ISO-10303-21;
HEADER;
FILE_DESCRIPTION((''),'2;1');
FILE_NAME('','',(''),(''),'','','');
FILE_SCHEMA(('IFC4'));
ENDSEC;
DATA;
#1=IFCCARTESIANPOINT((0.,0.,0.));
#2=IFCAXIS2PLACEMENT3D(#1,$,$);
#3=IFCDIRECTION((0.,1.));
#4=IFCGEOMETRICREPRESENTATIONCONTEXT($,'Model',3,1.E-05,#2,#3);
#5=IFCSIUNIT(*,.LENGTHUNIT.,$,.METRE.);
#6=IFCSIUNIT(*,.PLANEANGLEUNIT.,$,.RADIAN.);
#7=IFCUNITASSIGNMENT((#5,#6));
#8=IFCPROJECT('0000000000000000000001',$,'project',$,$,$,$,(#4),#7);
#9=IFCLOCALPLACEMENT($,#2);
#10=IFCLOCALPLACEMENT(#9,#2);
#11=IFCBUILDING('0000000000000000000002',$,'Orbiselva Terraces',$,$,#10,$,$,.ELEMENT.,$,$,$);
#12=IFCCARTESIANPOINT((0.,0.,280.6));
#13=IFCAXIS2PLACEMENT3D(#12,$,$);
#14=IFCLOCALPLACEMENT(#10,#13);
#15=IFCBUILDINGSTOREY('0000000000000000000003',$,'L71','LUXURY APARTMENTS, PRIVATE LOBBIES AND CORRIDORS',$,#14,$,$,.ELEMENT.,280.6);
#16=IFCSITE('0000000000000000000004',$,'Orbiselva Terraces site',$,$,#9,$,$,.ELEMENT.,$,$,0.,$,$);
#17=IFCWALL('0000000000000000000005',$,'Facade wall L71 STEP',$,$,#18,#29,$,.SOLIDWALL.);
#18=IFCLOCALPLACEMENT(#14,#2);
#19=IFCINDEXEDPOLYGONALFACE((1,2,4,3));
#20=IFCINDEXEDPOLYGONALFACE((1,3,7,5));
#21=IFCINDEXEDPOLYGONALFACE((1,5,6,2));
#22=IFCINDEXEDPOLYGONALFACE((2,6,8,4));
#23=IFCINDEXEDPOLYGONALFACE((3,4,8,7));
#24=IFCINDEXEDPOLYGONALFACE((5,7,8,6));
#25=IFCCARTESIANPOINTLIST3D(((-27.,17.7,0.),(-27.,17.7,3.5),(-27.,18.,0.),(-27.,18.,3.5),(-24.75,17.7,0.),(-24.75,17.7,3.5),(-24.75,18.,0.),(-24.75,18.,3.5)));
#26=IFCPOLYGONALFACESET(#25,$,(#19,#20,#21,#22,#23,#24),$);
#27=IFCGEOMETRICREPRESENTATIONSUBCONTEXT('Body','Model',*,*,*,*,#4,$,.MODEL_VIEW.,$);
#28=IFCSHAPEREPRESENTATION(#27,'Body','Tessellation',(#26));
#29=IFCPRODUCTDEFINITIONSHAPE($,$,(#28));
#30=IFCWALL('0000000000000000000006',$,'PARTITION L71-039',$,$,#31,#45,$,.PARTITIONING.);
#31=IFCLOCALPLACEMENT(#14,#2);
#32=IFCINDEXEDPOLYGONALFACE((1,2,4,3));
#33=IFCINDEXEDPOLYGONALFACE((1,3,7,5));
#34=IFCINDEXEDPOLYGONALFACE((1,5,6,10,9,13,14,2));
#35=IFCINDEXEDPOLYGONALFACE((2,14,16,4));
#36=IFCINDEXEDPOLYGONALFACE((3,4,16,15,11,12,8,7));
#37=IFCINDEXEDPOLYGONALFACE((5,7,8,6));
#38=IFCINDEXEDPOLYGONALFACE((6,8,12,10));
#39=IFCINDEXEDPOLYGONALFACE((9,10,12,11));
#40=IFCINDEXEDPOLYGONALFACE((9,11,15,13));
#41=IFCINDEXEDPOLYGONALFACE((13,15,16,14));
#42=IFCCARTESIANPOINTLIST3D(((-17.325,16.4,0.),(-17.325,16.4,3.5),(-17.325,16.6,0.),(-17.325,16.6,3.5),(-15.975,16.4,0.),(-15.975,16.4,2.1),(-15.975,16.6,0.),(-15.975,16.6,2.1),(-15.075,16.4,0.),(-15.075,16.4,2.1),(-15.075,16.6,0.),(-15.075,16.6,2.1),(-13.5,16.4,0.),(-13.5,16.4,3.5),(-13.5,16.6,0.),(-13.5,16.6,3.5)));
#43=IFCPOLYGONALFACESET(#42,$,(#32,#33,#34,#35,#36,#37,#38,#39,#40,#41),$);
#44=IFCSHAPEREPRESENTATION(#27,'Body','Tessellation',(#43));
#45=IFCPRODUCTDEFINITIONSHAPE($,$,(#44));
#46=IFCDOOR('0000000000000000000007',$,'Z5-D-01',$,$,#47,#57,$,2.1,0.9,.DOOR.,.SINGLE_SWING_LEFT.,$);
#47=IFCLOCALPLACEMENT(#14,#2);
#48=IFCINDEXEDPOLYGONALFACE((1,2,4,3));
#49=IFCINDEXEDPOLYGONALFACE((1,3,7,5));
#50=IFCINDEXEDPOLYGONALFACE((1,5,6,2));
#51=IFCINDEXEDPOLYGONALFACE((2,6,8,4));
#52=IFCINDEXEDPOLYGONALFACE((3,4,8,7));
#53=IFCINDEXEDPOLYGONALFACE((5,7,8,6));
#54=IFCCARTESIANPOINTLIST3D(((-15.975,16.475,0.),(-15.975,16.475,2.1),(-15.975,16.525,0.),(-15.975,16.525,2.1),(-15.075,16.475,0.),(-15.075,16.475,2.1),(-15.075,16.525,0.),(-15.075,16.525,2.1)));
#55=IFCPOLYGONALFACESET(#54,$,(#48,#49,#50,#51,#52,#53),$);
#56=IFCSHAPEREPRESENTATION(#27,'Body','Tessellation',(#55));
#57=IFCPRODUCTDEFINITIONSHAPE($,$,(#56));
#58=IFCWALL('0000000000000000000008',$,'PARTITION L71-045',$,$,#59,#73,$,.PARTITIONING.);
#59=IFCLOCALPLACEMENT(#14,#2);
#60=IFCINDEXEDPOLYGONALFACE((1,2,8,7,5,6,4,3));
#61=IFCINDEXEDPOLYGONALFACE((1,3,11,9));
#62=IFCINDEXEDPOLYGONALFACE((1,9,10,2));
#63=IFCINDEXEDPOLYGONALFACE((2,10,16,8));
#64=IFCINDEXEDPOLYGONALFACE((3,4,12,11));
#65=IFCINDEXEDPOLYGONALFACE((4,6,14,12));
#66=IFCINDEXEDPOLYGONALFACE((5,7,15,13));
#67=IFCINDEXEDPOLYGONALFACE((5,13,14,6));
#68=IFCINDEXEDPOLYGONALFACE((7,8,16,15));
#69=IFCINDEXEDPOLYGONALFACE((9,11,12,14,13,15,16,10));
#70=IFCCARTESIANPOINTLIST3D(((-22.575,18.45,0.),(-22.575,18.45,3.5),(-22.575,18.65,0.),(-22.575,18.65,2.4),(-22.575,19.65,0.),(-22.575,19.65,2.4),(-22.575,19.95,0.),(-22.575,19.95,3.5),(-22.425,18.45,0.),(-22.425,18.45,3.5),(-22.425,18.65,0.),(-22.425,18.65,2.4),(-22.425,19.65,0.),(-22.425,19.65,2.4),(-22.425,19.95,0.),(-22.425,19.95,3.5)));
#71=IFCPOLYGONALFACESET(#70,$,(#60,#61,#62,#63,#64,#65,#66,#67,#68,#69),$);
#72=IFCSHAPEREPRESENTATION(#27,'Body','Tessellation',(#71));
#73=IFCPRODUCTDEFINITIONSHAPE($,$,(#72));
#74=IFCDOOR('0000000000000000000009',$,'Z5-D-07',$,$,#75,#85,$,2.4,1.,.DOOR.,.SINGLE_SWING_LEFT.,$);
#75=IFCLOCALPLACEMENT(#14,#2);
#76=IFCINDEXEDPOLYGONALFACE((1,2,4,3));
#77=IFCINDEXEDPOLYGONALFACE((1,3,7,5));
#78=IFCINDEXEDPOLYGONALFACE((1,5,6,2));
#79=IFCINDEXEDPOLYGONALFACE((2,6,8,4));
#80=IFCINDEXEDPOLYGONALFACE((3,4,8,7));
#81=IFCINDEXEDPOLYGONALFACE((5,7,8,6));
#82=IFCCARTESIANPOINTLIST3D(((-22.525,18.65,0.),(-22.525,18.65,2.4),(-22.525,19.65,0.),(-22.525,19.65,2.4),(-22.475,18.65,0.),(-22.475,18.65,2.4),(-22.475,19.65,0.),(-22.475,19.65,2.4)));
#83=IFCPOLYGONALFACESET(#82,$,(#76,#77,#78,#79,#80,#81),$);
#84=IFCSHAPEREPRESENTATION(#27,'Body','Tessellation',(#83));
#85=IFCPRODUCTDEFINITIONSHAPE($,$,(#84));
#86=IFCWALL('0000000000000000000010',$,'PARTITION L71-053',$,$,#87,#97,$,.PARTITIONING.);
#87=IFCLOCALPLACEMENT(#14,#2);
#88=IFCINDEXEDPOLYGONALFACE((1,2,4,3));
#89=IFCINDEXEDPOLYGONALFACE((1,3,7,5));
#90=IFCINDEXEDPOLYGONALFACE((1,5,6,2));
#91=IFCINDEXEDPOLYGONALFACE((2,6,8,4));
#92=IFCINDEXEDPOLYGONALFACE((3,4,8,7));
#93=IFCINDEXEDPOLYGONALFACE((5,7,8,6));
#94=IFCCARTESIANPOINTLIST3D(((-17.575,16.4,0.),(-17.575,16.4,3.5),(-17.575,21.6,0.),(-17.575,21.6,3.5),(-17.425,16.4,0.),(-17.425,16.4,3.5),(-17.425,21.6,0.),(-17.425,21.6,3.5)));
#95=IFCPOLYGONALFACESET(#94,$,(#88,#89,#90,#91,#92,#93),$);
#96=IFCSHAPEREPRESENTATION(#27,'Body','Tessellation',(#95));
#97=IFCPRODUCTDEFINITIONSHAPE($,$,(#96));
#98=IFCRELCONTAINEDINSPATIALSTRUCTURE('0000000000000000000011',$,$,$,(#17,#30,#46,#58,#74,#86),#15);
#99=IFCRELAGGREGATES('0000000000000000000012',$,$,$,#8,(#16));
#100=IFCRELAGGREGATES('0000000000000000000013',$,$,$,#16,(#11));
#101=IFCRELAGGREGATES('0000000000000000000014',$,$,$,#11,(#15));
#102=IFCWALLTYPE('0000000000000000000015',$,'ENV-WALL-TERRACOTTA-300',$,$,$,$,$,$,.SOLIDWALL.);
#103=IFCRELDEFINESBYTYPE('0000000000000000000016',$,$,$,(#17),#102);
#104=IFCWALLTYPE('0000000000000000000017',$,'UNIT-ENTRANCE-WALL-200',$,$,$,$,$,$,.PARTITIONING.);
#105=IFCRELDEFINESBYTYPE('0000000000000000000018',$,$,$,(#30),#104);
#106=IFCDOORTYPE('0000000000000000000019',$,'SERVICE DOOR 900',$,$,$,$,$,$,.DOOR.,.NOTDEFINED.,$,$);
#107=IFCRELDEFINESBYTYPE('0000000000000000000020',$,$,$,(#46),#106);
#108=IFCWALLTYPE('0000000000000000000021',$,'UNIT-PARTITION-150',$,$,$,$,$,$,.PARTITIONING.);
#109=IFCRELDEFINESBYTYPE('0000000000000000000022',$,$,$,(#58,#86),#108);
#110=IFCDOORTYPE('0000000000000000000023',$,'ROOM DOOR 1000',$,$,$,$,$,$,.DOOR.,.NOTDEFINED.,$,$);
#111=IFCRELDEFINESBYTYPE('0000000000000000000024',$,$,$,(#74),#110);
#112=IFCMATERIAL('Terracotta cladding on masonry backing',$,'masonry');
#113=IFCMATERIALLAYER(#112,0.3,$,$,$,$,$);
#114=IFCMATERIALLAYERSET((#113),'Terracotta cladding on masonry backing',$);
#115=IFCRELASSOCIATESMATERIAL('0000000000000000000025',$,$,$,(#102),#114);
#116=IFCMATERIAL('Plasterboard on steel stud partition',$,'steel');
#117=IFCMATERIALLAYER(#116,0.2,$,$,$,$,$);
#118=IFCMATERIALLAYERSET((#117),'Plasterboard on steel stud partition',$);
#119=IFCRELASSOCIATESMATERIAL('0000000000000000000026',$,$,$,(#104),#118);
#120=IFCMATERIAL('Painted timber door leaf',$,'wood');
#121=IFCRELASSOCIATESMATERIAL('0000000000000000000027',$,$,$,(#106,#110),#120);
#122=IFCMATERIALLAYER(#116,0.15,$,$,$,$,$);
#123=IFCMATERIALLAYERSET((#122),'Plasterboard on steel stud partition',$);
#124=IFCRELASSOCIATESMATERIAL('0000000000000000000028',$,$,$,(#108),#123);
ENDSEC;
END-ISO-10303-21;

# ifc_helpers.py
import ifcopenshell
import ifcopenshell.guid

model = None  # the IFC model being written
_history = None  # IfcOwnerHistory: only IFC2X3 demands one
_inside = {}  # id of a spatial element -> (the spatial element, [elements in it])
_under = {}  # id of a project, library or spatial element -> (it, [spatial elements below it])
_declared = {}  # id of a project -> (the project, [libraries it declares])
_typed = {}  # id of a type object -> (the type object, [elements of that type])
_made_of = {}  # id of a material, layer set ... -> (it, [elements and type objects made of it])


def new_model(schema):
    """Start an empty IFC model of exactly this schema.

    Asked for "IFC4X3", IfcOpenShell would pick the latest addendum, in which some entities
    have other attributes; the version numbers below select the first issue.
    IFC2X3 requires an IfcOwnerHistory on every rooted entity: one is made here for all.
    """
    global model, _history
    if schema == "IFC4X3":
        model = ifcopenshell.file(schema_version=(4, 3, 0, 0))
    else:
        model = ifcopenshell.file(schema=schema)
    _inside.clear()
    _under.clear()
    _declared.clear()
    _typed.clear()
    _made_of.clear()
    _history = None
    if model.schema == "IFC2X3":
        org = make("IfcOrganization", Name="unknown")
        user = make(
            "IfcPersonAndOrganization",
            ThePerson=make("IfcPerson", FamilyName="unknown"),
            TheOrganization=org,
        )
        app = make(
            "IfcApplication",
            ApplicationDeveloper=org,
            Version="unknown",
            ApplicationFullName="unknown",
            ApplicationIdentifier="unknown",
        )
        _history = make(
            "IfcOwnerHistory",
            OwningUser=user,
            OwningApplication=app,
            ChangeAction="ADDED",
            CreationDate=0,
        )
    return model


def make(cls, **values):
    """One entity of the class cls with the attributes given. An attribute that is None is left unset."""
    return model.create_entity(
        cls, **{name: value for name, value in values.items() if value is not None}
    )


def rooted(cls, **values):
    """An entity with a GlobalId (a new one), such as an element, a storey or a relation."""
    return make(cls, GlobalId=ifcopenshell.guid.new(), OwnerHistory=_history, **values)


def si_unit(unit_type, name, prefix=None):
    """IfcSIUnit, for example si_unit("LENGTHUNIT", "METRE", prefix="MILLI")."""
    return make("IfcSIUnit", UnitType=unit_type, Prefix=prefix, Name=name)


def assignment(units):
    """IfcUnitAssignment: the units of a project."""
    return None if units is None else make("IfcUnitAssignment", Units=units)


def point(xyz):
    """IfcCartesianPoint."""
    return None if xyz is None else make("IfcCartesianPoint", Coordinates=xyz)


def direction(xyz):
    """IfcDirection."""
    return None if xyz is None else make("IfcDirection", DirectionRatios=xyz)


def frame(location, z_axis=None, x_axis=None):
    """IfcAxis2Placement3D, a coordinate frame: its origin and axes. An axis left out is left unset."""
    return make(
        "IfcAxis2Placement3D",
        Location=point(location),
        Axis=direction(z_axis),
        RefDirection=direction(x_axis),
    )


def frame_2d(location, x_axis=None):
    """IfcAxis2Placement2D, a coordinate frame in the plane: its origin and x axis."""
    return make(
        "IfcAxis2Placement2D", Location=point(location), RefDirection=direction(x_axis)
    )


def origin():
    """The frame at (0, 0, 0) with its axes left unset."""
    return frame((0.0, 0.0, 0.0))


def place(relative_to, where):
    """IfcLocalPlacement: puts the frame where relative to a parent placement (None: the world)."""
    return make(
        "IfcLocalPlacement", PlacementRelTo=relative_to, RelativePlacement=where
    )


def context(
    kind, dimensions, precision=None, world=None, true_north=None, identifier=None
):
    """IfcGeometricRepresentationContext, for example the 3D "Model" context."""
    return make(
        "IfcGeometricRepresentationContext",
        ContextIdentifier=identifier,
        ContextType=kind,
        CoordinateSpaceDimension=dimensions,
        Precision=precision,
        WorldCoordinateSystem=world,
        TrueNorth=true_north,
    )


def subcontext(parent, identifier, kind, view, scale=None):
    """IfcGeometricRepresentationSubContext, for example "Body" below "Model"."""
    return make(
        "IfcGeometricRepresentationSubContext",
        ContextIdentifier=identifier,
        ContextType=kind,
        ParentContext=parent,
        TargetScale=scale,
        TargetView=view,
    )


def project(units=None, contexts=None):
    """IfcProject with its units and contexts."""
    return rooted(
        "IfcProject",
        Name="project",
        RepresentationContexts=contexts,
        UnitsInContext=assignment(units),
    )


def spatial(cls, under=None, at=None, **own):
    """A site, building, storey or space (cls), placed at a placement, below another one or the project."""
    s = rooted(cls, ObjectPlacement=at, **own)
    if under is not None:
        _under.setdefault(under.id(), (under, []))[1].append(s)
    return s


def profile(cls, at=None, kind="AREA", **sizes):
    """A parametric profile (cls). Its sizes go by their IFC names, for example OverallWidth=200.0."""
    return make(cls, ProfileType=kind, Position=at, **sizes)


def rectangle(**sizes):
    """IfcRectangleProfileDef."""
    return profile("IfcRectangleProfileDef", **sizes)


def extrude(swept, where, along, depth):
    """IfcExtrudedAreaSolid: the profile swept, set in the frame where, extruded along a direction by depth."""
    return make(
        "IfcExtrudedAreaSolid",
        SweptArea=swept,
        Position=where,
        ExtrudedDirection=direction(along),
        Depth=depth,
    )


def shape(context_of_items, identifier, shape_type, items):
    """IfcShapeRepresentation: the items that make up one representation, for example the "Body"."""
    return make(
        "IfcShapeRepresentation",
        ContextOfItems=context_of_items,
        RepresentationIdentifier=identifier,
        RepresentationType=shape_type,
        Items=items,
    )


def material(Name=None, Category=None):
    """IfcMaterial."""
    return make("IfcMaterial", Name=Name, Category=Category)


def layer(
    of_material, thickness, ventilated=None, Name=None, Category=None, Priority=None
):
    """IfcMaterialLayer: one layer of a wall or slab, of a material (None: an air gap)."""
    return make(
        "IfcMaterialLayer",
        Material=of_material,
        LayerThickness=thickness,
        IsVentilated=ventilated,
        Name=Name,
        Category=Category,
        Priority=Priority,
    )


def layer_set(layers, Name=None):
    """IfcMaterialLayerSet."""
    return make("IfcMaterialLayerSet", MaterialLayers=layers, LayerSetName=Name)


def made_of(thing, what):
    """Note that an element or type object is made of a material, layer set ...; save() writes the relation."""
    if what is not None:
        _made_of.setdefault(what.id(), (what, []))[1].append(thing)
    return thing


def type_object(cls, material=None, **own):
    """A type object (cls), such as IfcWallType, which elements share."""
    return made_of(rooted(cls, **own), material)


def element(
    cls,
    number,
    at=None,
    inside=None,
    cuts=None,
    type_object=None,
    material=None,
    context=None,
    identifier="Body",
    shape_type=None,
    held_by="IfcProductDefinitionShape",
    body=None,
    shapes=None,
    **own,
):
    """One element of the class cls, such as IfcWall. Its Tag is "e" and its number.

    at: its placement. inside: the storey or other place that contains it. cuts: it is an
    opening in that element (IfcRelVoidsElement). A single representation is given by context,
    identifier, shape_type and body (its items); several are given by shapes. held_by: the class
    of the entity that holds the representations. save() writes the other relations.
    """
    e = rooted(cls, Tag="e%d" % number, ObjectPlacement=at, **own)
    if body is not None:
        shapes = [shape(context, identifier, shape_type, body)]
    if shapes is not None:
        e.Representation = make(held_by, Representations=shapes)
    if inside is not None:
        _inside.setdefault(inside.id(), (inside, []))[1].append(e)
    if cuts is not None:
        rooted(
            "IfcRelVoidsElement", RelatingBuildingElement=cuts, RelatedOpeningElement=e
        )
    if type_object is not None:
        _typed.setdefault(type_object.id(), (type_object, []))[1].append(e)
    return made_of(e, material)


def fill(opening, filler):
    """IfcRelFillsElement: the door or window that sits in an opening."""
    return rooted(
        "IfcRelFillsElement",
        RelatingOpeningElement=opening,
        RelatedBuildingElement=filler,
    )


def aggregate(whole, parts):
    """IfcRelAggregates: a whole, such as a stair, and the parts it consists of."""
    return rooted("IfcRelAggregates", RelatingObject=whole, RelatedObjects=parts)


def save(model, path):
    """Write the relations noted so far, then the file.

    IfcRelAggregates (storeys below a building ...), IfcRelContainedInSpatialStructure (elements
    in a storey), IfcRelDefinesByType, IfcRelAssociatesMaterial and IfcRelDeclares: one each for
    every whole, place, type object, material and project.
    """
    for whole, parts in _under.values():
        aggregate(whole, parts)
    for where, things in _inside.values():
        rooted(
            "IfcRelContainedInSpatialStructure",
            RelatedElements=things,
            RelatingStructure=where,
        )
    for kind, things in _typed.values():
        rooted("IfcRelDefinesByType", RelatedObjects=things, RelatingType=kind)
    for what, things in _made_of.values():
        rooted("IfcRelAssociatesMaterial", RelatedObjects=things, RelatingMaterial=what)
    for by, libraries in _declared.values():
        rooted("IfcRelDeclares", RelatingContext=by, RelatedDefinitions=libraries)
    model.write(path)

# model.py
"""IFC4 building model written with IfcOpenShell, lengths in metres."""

from ifc_helpers import new_model, si_unit, direction, frame, frame_2d, origin, place, context, subcontext, project, spatial, rectangle, extrude, material, layer, layer_set, type_object, element, fill, save


model = new_model("IFC4")

# Units and contexts
model_context = context("Model", 3, precision=1e-05, world=origin(), true_north=direction((0.0, 1.0)))
body_context = subcontext(model_context, "Body", "Model", "MODEL_VIEW")
ifc_project = project(units=[si_unit("LENGTHUNIT", "METRE"), si_unit("PLANEANGLEUNIT", "RADIAN")], contexts=[model_context])

# Site, building, storey
site_placement = place(None, origin())
site = spatial("IfcSite", under=ifc_project, at=site_placement, Name="Orbiselva Terraces site", CompositionType="ELEMENT", RefElevation=0.0)
building_placement = place(site_placement, origin())
building = spatial("IfcBuilding", under=site, at=building_placement, Name="Orbiselva Terraces", CompositionType="ELEMENT")
storey_placement = place(building_placement, frame((0.0, 0.0, 280.6)))
storey = spatial("IfcBuildingStorey", under=building, at=storey_placement, Name="L71", Description="LUXURY APARTMENTS, PRIVATE LOBBIES AND CORRIDORS", CompositionType="ELEMENT", Elevation=280.6)

# Shared definitions
ifc_material_1 = material(Name="Terracotta cladding on masonry backing", Category="masonry")
ifc_layer_1 = layer(ifc_material_1, 0.3)
ifc_layer_set_1 = layer_set([ifc_layer_1], Name="Terracotta cladding on masonry backing")
wall_type_1 = type_object("IfcWallType", Name="ENV-WALL-TERRACOTTA-300", PredefinedType="SOLIDWALL", material=ifc_layer_set_1)

# Wall
wall_1_placement = place(storey_placement, frame((-27.0, 17.85, 0.0), z_axis=(0.0, 0.0, 1.0), x_axis=(1.0, 0.0, 0.0)))
element("IfcWall", 1, at=wall_1_placement, inside=storey, type_object=wall_type_1, Name="Facade wall L71 STEP", PredefinedType="SOLIDWALL", context=body_context, shape_type="SweptSolid", body=[
    extrude(rectangle(XDim=2.25, YDim=0.3, at=frame_2d((1.125, 0.0))), origin(), (0.0, 0.0, 1.0), 3.5),
])

# Walls, openings, doors
ifc_material_2 = material(Name="Plasterboard on steel stud partition", Category="steel")
ifc_layer_2 = layer(ifc_material_2, 0.2)
ifc_layer_set_2 = layer_set([ifc_layer_2], Name="Plasterboard on steel stud partition")
wall_type_2 = type_object("IfcWallType", Name="UNIT-ENTRANCE-WALL-200", PredefinedType="PARTITIONING", material=ifc_layer_set_2)
wall_2_placement = place(storey_placement, frame((-17.325, 16.5, 0.0), z_axis=(0.0, 0.0, 1.0), x_axis=(1.0, 0.0, 0.0)))
wall_2 = element("IfcWall", 2, at=wall_2_placement, inside=storey, type_object=wall_type_2, Name="PARTITION L71-039", PredefinedType="PARTITIONING", context=body_context, shape_type="SweptSolid", body=[
    extrude(rectangle(XDim=3.825, YDim=0.2, at=frame_2d((1.9125, 0.0))), origin(), (0.0, 0.0, 1.0), 3.5),
])
opening_1_placement = place(wall_2_placement, frame((1.35, 0.0, 0.0)))
opening_1 = element("IfcOpeningElement", 3, at=opening_1_placement, cuts=wall_2, PredefinedType="OPENING", context=body_context, shape_type="SweptSolid", body=[
    extrude(rectangle(XDim=0.9, YDim=2.1, at=frame_2d((0.45, 1.05))), frame((0.0, 0.11, 0.0), z_axis=(0.0, -1.0, 0.0), x_axis=(1.0, 0.0, 0.0)), (0.0, 0.0, 1.0), 0.22),
])
ifc_material_3 = material(Name="Painted timber door leaf", Category="wood")
door_type_1 = type_object("IfcDoorType", Name="SERVICE DOOR 900", OperationType="NOTDEFINED", PredefinedType="DOOR", material=ifc_material_3)
door_1_placement = place(opening_1_placement, origin())
door_1 = element("IfcDoor", 4, at=door_1_placement, inside=storey, type_object=door_type_1, Name="Z5-D-01", OperationType="SINGLE_SWING_LEFT", OverallHeight=2.1, OverallWidth=0.9, PredefinedType="DOOR", context=body_context, shape_type="SweptSolid", body=[
    extrude(rectangle(XDim=0.9, YDim=2.1, at=frame_2d((0.45, 1.05))), frame((0.0, 0.025, 0.0), z_axis=(0.0, -1.0, 0.0), x_axis=(1.0, 0.0, 0.0)), (0.0, 0.0, 1.0), 0.05),
])
fill(opening_1, door_1)
ifc_layer_3 = layer(ifc_material_2, 0.15)
ifc_layer_set_3 = layer_set([ifc_layer_3], Name="Plasterboard on steel stud partition")
wall_type_3 = type_object("IfcWallType", Name="UNIT-PARTITION-150", PredefinedType="PARTITIONING", material=ifc_layer_set_3)
wall_3_placement = place(storey_placement, frame((-22.5, 18.45, 0.0), z_axis=(0.0, 0.0, 1.0), x_axis=(0.0, 1.0, 0.0)))
wall_3 = element("IfcWall", 5, at=wall_3_placement, inside=storey, type_object=wall_type_3, Name="PARTITION L71-045", PredefinedType="PARTITIONING", context=body_context, shape_type="SweptSolid", body=[
    extrude(rectangle(XDim=1.5, YDim=0.15, at=frame_2d((0.75, 0.0))), origin(), (0.0, 0.0, 1.0), 3.5),
])
opening_2_placement = place(wall_3_placement, frame((0.2, 0.0, 0.0)))
opening_2 = element("IfcOpeningElement", 6, at=opening_2_placement, cuts=wall_3, PredefinedType="OPENING", context=body_context, shape_type="SweptSolid", body=[
    extrude(rectangle(XDim=1.0, YDim=2.4, at=frame_2d((0.5, 1.2))), frame((0.0, 0.085, 0.0), z_axis=(0.0, -1.0, 0.0), x_axis=(1.0, 0.0, 0.0)), (0.0, 0.0, 1.0), 0.17),
])
door_type_2 = type_object("IfcDoorType", Name="ROOM DOOR 1000", OperationType="NOTDEFINED", PredefinedType="DOOR", material=ifc_material_3)
door_2_placement = place(opening_2_placement, origin())
door_2 = element("IfcDoor", 7, at=door_2_placement, inside=storey, type_object=door_type_2, Name="Z5-D-07", OperationType="SINGLE_SWING_LEFT", OverallHeight=2.4, OverallWidth=1.0, PredefinedType="DOOR", context=body_context, shape_type="SweptSolid", body=[
    extrude(rectangle(XDim=1.0, YDim=2.4, at=frame_2d((0.5, 1.2))), frame((0.0, 0.025, 0.0), z_axis=(0.0, -1.0, 0.0), x_axis=(1.0, 0.0, 0.0)), (0.0, 0.0, 1.0), 0.05),
])
fill(opening_2, door_2)

# Wall
wall_4_placement = place(storey_placement, frame((-17.5, 16.4, 0.0), z_axis=(0.0, 0.0, 1.0), x_axis=(0.0, 1.0, 0.0)))
element("IfcWall", 8, at=wall_4_placement, inside=storey, type_object=wall_type_3, Name="PARTITION L71-053", PredefinedType="PARTITIONING", context=body_context, shape_type="SweptSolid", body=[
    extrude(rectangle(XDim=5.2, YDim=0.15, at=frame_2d((2.6, 0.0))), origin(), (0.0, 0.0, 1.0), 3.5),
])

save(model, "model.ifc")
